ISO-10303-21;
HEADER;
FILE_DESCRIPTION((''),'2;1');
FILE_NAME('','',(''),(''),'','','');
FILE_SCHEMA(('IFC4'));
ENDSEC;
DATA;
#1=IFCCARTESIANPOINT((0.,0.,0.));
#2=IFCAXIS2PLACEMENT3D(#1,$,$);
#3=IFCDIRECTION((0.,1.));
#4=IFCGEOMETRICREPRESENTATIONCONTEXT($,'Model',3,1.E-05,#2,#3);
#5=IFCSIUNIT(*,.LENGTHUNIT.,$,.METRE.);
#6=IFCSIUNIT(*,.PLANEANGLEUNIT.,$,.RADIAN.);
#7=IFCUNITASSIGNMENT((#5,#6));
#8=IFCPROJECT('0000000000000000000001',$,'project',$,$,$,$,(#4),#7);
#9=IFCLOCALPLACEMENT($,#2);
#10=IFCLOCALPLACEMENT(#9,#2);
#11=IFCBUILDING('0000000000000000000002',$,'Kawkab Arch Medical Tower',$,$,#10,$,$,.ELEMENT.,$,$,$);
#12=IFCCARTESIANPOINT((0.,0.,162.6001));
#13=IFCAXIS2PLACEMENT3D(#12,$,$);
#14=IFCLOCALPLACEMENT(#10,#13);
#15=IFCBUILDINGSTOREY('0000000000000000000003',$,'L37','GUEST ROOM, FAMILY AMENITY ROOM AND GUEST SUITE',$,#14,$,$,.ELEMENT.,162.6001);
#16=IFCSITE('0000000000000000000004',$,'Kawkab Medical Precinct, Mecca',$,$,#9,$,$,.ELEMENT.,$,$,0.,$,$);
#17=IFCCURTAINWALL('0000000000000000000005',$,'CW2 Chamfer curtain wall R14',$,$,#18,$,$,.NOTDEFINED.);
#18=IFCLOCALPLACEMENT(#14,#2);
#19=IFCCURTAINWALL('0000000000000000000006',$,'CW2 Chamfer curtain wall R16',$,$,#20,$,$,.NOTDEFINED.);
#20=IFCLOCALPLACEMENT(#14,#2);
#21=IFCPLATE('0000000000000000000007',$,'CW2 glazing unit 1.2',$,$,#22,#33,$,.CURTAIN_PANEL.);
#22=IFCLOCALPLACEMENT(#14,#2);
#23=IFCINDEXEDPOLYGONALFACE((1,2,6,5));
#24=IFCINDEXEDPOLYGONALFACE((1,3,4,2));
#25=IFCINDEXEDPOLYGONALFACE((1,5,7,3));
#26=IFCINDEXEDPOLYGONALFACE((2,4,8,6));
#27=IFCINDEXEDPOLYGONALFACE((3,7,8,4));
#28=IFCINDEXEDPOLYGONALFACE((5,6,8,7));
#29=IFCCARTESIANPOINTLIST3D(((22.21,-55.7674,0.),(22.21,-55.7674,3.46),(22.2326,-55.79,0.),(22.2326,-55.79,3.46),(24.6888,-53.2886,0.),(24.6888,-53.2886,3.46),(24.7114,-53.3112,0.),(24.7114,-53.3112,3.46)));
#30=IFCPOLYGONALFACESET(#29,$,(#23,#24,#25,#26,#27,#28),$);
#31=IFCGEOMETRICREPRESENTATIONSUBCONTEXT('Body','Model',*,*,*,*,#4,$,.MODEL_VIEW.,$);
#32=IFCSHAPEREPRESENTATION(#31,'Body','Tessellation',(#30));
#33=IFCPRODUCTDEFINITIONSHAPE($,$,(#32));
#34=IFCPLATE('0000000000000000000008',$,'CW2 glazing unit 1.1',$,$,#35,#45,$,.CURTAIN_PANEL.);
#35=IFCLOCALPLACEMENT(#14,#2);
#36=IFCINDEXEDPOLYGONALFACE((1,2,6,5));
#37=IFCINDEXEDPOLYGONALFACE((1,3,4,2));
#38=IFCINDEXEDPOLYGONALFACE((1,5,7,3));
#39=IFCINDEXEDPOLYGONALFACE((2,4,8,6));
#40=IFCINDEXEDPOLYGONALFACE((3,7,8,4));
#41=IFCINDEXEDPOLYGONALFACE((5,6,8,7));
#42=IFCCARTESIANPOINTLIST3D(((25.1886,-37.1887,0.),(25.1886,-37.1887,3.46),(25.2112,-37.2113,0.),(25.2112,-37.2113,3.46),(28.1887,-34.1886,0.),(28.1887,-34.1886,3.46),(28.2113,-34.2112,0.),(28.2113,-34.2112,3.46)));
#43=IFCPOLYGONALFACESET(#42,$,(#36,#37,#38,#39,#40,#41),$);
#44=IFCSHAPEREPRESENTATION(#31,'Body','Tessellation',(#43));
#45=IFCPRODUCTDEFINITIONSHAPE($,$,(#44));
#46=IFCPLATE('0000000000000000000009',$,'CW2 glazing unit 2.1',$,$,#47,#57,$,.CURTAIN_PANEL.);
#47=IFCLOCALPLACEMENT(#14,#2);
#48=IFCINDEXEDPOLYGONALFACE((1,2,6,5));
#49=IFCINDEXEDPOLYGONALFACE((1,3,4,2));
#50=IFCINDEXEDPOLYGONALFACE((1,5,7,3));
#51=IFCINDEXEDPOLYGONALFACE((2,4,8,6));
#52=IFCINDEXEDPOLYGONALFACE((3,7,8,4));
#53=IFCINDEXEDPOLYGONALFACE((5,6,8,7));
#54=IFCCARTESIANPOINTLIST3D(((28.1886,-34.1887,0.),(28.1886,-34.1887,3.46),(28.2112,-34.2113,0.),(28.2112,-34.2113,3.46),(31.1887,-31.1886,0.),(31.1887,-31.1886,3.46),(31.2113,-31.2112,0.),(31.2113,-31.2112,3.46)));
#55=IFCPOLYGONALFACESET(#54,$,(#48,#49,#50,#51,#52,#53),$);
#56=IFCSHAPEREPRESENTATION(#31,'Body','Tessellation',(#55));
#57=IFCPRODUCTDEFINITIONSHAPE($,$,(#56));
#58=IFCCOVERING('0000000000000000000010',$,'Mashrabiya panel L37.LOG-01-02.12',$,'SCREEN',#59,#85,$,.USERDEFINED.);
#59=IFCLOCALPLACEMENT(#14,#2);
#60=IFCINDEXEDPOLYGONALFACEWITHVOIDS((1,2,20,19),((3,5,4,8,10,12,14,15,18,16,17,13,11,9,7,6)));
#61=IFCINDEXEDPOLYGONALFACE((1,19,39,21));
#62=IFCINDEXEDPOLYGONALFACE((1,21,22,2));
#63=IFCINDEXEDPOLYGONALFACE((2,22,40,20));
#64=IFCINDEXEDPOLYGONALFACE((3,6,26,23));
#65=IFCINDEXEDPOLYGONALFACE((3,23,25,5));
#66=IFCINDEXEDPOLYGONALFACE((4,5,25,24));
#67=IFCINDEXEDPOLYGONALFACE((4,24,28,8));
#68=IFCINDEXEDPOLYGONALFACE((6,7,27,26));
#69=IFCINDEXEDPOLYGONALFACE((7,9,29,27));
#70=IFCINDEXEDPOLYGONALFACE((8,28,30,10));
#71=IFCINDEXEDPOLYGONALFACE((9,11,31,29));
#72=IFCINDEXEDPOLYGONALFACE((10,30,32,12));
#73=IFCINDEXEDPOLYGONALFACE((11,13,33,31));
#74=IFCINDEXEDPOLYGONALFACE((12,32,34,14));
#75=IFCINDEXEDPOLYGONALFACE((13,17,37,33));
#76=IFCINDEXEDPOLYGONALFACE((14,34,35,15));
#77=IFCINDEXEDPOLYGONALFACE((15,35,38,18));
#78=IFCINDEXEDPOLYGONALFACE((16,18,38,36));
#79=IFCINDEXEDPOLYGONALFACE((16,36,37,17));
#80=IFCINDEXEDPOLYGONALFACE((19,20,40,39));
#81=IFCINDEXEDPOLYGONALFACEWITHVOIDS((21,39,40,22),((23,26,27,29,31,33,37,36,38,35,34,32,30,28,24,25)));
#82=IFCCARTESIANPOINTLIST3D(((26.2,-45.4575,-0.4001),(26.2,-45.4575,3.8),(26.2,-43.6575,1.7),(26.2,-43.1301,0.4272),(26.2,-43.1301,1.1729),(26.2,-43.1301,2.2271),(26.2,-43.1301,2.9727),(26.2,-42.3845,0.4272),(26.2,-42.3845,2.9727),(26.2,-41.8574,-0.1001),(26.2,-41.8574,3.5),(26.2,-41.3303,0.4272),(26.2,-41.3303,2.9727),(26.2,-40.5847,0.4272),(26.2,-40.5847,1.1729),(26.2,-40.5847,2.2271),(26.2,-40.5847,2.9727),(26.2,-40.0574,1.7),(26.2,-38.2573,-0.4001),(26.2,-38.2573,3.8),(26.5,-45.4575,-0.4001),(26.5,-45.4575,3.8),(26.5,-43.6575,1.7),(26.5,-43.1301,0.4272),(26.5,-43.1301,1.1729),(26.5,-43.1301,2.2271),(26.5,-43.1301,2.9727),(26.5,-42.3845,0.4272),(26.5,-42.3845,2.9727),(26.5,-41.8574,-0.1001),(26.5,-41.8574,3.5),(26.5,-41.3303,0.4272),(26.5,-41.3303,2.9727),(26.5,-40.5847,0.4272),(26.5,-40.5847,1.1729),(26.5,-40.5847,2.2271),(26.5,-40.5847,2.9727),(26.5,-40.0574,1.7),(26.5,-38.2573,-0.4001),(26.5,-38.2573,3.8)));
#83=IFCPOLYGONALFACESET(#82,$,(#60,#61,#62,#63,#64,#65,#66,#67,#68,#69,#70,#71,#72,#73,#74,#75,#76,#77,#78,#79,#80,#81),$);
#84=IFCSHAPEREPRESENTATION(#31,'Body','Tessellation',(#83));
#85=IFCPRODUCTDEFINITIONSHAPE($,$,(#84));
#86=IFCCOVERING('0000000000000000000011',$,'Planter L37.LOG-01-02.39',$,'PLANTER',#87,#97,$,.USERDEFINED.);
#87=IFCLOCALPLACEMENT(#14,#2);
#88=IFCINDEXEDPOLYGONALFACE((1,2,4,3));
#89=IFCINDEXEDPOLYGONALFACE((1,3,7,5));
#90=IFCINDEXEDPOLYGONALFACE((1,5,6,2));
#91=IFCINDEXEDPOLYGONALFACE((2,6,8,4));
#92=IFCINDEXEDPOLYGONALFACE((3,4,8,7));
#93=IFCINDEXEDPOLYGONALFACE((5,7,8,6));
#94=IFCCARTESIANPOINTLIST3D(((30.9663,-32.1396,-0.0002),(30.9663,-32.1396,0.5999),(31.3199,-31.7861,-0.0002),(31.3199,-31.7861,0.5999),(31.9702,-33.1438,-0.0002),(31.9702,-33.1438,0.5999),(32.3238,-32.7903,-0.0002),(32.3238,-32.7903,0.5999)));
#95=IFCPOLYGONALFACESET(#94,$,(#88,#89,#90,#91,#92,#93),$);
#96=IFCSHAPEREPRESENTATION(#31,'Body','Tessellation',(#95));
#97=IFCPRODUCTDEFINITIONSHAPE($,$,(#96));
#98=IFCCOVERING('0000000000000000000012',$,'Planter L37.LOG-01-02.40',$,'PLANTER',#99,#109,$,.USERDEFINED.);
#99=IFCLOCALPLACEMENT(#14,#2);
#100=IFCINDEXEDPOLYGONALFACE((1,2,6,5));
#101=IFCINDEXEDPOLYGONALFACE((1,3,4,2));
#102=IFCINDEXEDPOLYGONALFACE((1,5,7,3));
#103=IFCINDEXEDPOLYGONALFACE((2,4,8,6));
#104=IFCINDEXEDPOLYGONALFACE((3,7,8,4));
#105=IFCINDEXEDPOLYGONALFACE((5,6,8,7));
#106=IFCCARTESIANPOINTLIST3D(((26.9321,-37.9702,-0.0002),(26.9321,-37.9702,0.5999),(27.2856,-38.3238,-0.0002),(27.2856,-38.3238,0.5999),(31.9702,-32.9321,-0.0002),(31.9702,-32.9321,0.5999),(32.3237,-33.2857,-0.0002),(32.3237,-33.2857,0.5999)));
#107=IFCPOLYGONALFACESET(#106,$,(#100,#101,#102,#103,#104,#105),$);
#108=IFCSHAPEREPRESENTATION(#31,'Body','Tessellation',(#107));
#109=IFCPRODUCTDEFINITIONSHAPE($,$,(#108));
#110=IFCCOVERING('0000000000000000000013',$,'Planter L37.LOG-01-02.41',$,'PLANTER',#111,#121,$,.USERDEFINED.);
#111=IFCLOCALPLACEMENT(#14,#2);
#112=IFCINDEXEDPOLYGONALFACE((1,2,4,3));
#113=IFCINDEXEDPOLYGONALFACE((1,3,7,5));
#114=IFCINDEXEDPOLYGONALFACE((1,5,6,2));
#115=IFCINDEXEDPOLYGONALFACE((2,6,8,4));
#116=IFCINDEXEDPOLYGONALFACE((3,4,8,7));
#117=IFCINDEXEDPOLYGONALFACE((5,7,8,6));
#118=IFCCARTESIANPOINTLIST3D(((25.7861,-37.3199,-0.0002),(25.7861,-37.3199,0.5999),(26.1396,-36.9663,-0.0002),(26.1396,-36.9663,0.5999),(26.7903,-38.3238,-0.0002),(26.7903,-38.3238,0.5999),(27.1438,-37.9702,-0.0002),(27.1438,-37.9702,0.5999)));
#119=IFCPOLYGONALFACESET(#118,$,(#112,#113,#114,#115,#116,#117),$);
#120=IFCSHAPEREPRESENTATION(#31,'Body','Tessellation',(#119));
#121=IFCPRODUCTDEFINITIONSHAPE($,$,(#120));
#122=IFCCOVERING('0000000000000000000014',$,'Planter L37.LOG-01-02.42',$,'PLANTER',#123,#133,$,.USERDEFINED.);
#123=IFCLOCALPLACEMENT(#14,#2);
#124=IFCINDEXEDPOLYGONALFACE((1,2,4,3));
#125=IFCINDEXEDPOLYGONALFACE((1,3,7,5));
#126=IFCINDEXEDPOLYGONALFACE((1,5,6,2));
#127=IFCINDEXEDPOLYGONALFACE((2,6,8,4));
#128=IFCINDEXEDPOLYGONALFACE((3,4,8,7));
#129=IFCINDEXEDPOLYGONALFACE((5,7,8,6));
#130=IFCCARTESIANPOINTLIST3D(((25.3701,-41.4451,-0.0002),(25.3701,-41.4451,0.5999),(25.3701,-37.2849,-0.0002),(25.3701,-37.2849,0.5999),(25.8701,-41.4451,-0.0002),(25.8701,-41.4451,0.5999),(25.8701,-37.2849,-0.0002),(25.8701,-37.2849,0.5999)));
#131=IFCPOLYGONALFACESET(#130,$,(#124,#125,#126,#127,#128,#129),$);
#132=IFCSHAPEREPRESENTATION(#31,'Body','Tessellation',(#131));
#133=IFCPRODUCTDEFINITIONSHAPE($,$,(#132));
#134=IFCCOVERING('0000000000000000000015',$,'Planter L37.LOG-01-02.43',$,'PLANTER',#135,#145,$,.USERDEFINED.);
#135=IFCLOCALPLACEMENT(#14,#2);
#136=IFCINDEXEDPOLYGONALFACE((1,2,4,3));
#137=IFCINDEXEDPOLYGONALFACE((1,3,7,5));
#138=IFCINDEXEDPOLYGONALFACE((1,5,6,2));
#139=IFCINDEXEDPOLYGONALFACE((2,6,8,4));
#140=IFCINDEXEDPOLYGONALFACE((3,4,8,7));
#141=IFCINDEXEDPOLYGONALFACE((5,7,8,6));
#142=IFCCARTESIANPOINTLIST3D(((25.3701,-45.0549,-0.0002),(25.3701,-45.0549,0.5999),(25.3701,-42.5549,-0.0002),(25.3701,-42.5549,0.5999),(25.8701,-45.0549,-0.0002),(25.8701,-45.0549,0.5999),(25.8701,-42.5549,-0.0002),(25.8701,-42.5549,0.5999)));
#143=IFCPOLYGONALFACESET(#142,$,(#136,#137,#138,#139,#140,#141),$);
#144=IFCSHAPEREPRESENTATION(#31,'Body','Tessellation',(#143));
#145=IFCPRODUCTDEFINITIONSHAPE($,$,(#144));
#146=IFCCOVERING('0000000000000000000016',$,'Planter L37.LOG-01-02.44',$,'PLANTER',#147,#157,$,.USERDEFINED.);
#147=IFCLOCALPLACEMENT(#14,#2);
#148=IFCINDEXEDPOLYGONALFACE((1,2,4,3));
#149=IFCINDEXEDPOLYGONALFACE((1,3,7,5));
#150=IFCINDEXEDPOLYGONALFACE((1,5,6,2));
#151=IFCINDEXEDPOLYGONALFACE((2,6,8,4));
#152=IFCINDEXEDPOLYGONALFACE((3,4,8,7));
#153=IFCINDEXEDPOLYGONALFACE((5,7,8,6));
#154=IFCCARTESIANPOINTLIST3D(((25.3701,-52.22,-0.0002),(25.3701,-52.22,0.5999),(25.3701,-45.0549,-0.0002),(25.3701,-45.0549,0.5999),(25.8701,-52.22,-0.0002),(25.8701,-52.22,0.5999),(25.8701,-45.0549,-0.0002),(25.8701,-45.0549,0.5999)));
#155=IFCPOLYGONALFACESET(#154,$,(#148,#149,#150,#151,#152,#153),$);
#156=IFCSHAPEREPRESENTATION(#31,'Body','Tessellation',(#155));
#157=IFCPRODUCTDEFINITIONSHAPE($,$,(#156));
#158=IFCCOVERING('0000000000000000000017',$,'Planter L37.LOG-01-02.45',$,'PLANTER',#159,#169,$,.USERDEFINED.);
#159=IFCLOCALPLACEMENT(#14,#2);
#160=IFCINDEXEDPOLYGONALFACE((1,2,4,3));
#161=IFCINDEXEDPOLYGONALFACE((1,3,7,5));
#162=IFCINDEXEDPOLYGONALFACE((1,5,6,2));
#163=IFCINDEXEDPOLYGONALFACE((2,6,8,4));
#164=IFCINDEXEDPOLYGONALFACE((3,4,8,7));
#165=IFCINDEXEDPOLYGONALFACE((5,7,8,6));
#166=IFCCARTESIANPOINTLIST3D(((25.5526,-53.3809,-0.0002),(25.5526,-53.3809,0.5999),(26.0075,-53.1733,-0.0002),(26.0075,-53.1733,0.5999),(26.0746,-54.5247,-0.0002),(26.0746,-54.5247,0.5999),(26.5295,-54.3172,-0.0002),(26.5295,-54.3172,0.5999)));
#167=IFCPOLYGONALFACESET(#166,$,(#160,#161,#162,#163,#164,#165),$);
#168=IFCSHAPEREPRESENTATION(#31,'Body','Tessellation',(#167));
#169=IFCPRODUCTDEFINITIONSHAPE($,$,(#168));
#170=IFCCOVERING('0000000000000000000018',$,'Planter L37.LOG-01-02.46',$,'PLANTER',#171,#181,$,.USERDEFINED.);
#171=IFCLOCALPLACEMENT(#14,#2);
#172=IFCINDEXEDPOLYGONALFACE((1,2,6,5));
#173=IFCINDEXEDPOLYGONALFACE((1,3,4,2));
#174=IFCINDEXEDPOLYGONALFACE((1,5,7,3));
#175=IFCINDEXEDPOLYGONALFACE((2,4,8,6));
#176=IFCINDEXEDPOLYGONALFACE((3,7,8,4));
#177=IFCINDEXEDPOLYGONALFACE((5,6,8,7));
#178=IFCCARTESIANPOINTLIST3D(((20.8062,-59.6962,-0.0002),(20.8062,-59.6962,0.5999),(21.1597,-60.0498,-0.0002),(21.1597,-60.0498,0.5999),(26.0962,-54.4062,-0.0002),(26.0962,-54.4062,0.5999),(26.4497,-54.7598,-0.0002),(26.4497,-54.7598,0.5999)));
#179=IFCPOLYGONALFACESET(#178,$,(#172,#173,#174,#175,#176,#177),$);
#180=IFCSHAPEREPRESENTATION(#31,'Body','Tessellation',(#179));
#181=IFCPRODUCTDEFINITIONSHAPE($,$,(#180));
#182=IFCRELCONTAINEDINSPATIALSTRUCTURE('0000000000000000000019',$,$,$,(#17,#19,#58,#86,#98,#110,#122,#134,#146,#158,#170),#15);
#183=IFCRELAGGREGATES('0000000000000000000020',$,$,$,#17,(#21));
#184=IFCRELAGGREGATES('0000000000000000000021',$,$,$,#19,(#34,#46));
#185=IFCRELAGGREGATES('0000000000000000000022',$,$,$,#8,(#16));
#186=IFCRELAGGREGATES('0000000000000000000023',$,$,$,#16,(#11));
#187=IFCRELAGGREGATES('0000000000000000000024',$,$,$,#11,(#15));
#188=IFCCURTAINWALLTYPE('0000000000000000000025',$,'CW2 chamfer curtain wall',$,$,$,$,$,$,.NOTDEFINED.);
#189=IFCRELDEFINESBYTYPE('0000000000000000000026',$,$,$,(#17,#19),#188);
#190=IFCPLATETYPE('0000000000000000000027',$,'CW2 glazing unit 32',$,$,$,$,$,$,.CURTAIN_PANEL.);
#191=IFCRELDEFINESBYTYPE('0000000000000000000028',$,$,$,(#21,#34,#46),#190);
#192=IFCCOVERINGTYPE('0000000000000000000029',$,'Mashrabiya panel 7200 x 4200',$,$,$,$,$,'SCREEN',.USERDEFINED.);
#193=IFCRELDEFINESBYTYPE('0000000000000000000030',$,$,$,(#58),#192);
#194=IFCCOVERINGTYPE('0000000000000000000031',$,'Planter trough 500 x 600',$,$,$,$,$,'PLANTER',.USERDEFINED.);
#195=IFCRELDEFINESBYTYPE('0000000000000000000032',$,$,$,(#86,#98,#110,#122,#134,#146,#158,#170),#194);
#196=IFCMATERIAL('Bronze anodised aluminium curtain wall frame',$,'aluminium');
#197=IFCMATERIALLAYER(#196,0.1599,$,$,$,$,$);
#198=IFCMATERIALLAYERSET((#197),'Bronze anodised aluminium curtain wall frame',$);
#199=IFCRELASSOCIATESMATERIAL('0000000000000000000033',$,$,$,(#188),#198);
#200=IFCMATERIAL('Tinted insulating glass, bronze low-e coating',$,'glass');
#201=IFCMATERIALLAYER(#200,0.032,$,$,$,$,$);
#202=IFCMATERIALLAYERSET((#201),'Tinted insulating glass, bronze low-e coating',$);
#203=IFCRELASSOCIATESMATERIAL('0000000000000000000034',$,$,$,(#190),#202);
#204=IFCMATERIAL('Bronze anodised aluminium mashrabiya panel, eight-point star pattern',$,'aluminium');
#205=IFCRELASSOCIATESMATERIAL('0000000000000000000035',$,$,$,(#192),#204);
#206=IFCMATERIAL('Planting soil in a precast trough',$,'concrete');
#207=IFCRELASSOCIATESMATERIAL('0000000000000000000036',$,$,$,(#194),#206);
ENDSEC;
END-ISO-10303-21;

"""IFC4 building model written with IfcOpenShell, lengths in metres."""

from ifc_helpers import new_model, si_unit, direction, frame, origin, origin_2d, place, context, subcontext, project, spatial, polyline, rectangle, outline, extrude, material, layer, layer_set, material_profile, profile_set, type_object, element, aggregate, save


model = new_model("IFC4")

# Units and contexts
model_context = context("Model", 3, precision=1e-05, world=origin(), true_north=direction((0.0, 1.0)))
body_context = subcontext(model_context, "Body", "Model", "MODEL_VIEW")
ifc_project = project(units=[si_unit("LENGTHUNIT", "METRE"), si_unit("PLANEANGLEUNIT", "RADIAN")], contexts=[model_context])

# Site, building, storey
site_placement = place(None, origin())
site = spatial("IfcSite", under=ifc_project, at=site_placement, Name="Kawkab Medical Precinct, Mecca", CompositionType="ELEMENT", RefElevation=0.0)
building_placement = place(site_placement, origin())
building = spatial("IfcBuilding", under=site, at=building_placement, Name="Kawkab Arch Medical Tower", CompositionType="ELEMENT")
storey_placement = place(building_placement, frame((0.0, 0.0, 162.6001)))
storey = spatial("IfcBuildingStorey", under=building, at=storey_placement, Name="L37", Description="GUEST ROOM, FAMILY AMENITY ROOM AND GUEST SUITE", CompositionType="ELEMENT", Elevation=162.6001)

# Shared definitions
placement = place(storey_placement, origin())

# Curtain wall
ifc_material_1 = material(Name="Bronze anodised aluminium curtain wall frame", Category="aluminium")
ifc_layer_1 = layer(ifc_material_1, 0.1599)
ifc_layer_set_1 = layer_set([ifc_layer_1], Name="Bronze anodised aluminium curtain wall frame")
curtain_wall_type_1 = type_object("IfcCurtainWallType", Name="CW2 chamfer curtain wall", PredefinedType="NOTDEFINED", material=ifc_layer_set_1)
curtain_wall_1 = element("IfcCurtainWall", 1, at=placement, inside=storey, type_object=curtain_wall_type_1, Name="CW2 Chamfer curtain wall R14", PredefinedType="NOTDEFINED")

# Curtain wall
curtain_wall_2 = element("IfcCurtainWall", 2, at=placement, inside=storey, type_object=curtain_wall_type_1, Name="CW2 Chamfer curtain wall R16", PredefinedType="NOTDEFINED")

# Plates
ifc_material_2 = material(Name="Tinted insulating glass, bronze low-e coating", Category="glass")
ifc_layer_2 = layer(ifc_material_2, 0.032)
ifc_layer_set_2 = layer_set([ifc_layer_2], Name="Tinted insulating glass, bronze low-e coating")
plate_type_1 = type_object("IfcPlateType", Name="CW2 glazing unit 32", PredefinedType="CURTAIN_PANEL", material=ifc_layer_set_2)
plate_1_placement = place(storey_placement, frame((23.4607, -54.5393, 0.0), z_axis=(0.0, 0.0, 1.0), x_axis=(0.707107, 0.707107, 0.0)))
plate_1 = element("IfcPlate", 3, at=plate_1_placement, type_object=plate_type_1, Name="CW2 glazing unit 1.2", PredefinedType="CURTAIN_PANEL", context=body_context, shape_type="SweptSolid", body=[
    extrude(rectangle(XDim=3.5056, YDim=0.032, at=origin_2d()), origin(), (0.0, 0.0, 1.0), 3.46),
])
aggregate(curtain_wall_1, [plate_1])
plate_2_placement = place(storey_placement, frame((26.7, -35.7, 0.0), z_axis=(0.0, 0.0, 1.0), x_axis=(0.707107, 0.707107, 0.0)))
plate_2 = element("IfcPlate", 4, at=plate_2_placement, type_object=plate_type_1, Name="CW2 glazing unit 1.1", PredefinedType="CURTAIN_PANEL", context=body_context, shape_type="SweptSolid", body=[
    extrude(rectangle(XDim=4.2427, YDim=0.032, at=origin_2d()), origin(), (0.0, 0.0, 1.0), 3.46),
])
plate_3_placement = place(storey_placement, frame((29.7, -32.7, 0.0), z_axis=(0.0, 0.0, 1.0), x_axis=(0.707107, 0.707107, 0.0)))
plate_3 = element("IfcPlate", 5, at=plate_3_placement, type_object=plate_type_1, Name="CW2 glazing unit 2.1", PredefinedType="CURTAIN_PANEL", context=body_context, shape_type="SweptSolid", body=[
    extrude(rectangle(XDim=4.2427, YDim=0.032, at=origin_2d()), origin(), (0.0, 0.0, 1.0), 3.46),
])
aggregate(curtain_wall_2, [plate_2, plate_3])

# Coverings
ifc_material_3 = material(Name="Bronze anodised aluminium mashrabiya panel, eight-point star pattern", Category="aluminium")
ifc_material_profile_1 = material_profile(ifc_material_3, outline(polyline([(-3.6001, -2.1001), (3.6001, -2.1001), (3.6001, 2.1001), (-3.6001, 2.1001), (-3.6001, -2.1001)]), holes=[polyline([(1.8, 0.0), (1.2727, 0.5271), (1.2727, 1.2727), (0.5271, 1.2727), (0.0, 1.8), (-0.5271, 1.2727), (-1.2727, 1.2727), (-1.2727, 0.5271), (-1.8, 0.0), (-1.2727, -0.5271), (-1.2727, -1.2727), (-0.5271, -1.2727), (0.0, -1.8), (0.5271, -1.2727), (1.2727, -1.2727), (1.2727, -0.5271), (1.8, 0.0)])]), Name="Mashrabiya panel 7200x4200")
ifc_profile_set_1 = profile_set([ifc_material_profile_1], Name="Bronze anodised aluminium mashrabiya panel, eight-point star pattern")
covering_type_1 = type_object("IfcCoveringType", Name="Mashrabiya panel 7200 x 4200", ElementType="SCREEN", PredefinedType="USERDEFINED", material=ifc_profile_set_1)
covering_1_placement = place(storey_placement, frame((26.2, -41.8574, 1.7), z_axis=(1.0, 0.0, 0.0), x_axis=(0.0, 1.0, 0.0)))
element("IfcCovering", 6, at=covering_1_placement, inside=storey, type_object=covering_type_1, Name="Mashrabiya panel L37.LOG-01-02.12", ObjectType="SCREEN", PredefinedType="USERDEFINED", context=body_context, shape_type="SweptSolid", body=[
    extrude(outline(polyline([(-3.6001, -2.1001), (3.6001, -2.1001), (3.6001, 2.1001), (-3.6001, 2.1001), (-3.6001, -2.1001)]), holes=[polyline([(1.8, 0.0), (1.2727, 0.5271), (1.2727, 1.2727), (0.5271, 1.2727), (0.0, 1.8), (-0.5271, 1.2727), (-1.2727, 1.2727), (-1.2727, 0.5271), (-1.8, 0.0), (-1.2727, -0.5271), (-1.2727, -1.2727), (-0.5271, -1.2727), (0.0, -1.8), (0.5271, -1.2727), (1.2727, -1.2727), (1.2727, -0.5271), (1.8, 0.0)])]), origin(), (0.0, 0.0, 1.0), 0.3),
])
ifc_material_4 = material(Name="Planting soil in a precast trough", Category="concrete")
ifc_material_profile_2 = material_profile(ifc_material_4, rectangle(XDim=0.5, YDim=0.6001, at=origin_2d()), Name="Trough 500x600")
ifc_profile_set_2 = profile_set([ifc_material_profile_2], Name="Planting soil in a precast trough")
covering_type_2 = type_object("IfcCoveringType", Name="Planter trough 500 x 600", ElementType="PLANTER", PredefinedType="USERDEFINED", material=ifc_profile_set_2)
covering_2_placement = place(storey_placement, frame((31.1431, -31.9629, 0.2998), z_axis=(0.707021, -0.707193, 0.0), x_axis=(0.707193, 0.707021, 0.0)))
element("IfcCovering", 7, at=covering_2_placement, inside=storey, type_object=covering_type_2, Name="Planter L37.LOG-01-02.39", ObjectType="PLANTER", PredefinedType="USERDEFINED", context=body_context, shape_type="SweptSolid", body=[
    extrude(rectangle(XDim=0.5, YDim=0.6001, at=origin_2d()), origin(), (0.0, 0.0, 1.0), 1.4199),
])
covering_3_placement = place(storey_placement, frame((32.147, -33.1089, 0.2998), z_axis=(-0.707107, -0.707107, 0.0), x_axis=(0.707107, -0.707107, 0.0)))
element("IfcCovering", 8, at=covering_3_placement, inside=storey, type_object=covering_type_2, Name="Planter L37.LOG-01-02.40", ObjectType="PLANTER", PredefinedType="USERDEFINED", context=body_context, shape_type="SweptSolid", body=[
    extrude(rectangle(XDim=0.5, YDim=0.6001, at=origin_2d()), origin(), (0.0, 0.0, 1.0), 7.125),
])
covering_4_placement = place(storey_placement, frame((26.967, -38.147, 0.2998), z_axis=(-0.707193, 0.707021, 0.0), x_axis=(-0.707021, -0.707193, 0.0)))
element("IfcCovering", 9, at=covering_4_placement, inside=storey, type_object=covering_type_2, Name="Planter L37.LOG-01-02.41", ObjectType="PLANTER", PredefinedType="USERDEFINED", context=body_context, shape_type="SweptSolid", body=[
    extrude(rectangle(XDim=0.5, YDim=0.6001, at=origin_2d()), origin(), (0.0, 0.0, 1.0), 1.4199),
])
covering_5_placement = place(storey_placement, frame((25.6201, -37.2849, 0.2998), z_axis=(0.0, -1.0, 0.0), x_axis=(1.0, 0.0, 0.0)))
element("IfcCovering", 10, at=covering_5_placement, inside=storey, type_object=covering_type_2, Name="Planter L37.LOG-01-02.42", ObjectType="PLANTER", PredefinedType="USERDEFINED", context=body_context, shape_type="SweptSolid", body=[
    extrude(rectangle(XDim=0.5, YDim=0.6001, at=origin_2d()), origin(), (0.0, 0.0, 1.0), 4.1602),
])
covering_6_placement = place(storey_placement, frame((25.6201, -42.5549, 0.2998), z_axis=(0.0, -1.0, 0.0), x_axis=(1.0, 0.0, 0.0)))
element("IfcCovering", 11, at=covering_6_placement, inside=storey, type_object=covering_type_2, Name="Planter L37.LOG-01-02.43", ObjectType="PLANTER", PredefinedType="USERDEFINED", context=body_context, shape_type="SweptSolid", body=[
    extrude(rectangle(XDim=0.5, YDim=0.6001, at=origin_2d()), origin(), (0.0, 0.0, 1.0), 2.5),
])
covering_7_placement = place(storey_placement, frame((25.6201, -45.0549, 0.2998), z_axis=(0.0, -1.0, 0.0), x_axis=(1.0, 0.0, 0.0)))
element("IfcCovering", 12, at=covering_7_placement, inside=storey, type_object=covering_type_2, Name="Planter L37.LOG-01-02.44", ObjectType="PLANTER", PredefinedType="USERDEFINED", context=body_context, shape_type="SweptSolid", body=[
    extrude(rectangle(XDim=0.5, YDim=0.6001, at=origin_2d()), origin(), (0.0, 0.0, 1.0), 7.165),
])
covering_8_placement = place(storey_placement, frame((25.78, -53.2771, 0.2998), z_axis=(0.415163, -0.909747, 0.0), x_axis=(0.909747, 0.415163, 0.0)))
element("IfcCovering", 13, at=covering_8_placement, inside=storey, type_object=covering_type_2, Name="Planter L37.LOG-01-02.45", ObjectType="PLANTER", PredefinedType="USERDEFINED", context=body_context, shape_type="SweptSolid", body=[
    extrude(rectangle(XDim=0.5, YDim=0.6001, at=origin_2d()), origin(), (0.0, 0.0, 1.0), 1.2573),
])
covering_9_placement = place(storey_placement, frame((26.2729, -54.583, 0.2998), z_axis=(-0.707107, -0.707107, 0.0), x_axis=(0.707107, -0.707107, 0.0)))
element("IfcCovering", 14, at=covering_9_placement, inside=storey, type_object=covering_type_2, Name="Planter L37.LOG-01-02.46", ObjectType="PLANTER", PredefinedType="USERDEFINED", context=body_context, shape_type="SweptSolid", body=[
    extrude(rectangle(XDim=0.5, YDim=0.6001, at=origin_2d()), origin(), (0.0, 0.0, 1.0), 7.4812),
])

save(model, "model.ifc")
